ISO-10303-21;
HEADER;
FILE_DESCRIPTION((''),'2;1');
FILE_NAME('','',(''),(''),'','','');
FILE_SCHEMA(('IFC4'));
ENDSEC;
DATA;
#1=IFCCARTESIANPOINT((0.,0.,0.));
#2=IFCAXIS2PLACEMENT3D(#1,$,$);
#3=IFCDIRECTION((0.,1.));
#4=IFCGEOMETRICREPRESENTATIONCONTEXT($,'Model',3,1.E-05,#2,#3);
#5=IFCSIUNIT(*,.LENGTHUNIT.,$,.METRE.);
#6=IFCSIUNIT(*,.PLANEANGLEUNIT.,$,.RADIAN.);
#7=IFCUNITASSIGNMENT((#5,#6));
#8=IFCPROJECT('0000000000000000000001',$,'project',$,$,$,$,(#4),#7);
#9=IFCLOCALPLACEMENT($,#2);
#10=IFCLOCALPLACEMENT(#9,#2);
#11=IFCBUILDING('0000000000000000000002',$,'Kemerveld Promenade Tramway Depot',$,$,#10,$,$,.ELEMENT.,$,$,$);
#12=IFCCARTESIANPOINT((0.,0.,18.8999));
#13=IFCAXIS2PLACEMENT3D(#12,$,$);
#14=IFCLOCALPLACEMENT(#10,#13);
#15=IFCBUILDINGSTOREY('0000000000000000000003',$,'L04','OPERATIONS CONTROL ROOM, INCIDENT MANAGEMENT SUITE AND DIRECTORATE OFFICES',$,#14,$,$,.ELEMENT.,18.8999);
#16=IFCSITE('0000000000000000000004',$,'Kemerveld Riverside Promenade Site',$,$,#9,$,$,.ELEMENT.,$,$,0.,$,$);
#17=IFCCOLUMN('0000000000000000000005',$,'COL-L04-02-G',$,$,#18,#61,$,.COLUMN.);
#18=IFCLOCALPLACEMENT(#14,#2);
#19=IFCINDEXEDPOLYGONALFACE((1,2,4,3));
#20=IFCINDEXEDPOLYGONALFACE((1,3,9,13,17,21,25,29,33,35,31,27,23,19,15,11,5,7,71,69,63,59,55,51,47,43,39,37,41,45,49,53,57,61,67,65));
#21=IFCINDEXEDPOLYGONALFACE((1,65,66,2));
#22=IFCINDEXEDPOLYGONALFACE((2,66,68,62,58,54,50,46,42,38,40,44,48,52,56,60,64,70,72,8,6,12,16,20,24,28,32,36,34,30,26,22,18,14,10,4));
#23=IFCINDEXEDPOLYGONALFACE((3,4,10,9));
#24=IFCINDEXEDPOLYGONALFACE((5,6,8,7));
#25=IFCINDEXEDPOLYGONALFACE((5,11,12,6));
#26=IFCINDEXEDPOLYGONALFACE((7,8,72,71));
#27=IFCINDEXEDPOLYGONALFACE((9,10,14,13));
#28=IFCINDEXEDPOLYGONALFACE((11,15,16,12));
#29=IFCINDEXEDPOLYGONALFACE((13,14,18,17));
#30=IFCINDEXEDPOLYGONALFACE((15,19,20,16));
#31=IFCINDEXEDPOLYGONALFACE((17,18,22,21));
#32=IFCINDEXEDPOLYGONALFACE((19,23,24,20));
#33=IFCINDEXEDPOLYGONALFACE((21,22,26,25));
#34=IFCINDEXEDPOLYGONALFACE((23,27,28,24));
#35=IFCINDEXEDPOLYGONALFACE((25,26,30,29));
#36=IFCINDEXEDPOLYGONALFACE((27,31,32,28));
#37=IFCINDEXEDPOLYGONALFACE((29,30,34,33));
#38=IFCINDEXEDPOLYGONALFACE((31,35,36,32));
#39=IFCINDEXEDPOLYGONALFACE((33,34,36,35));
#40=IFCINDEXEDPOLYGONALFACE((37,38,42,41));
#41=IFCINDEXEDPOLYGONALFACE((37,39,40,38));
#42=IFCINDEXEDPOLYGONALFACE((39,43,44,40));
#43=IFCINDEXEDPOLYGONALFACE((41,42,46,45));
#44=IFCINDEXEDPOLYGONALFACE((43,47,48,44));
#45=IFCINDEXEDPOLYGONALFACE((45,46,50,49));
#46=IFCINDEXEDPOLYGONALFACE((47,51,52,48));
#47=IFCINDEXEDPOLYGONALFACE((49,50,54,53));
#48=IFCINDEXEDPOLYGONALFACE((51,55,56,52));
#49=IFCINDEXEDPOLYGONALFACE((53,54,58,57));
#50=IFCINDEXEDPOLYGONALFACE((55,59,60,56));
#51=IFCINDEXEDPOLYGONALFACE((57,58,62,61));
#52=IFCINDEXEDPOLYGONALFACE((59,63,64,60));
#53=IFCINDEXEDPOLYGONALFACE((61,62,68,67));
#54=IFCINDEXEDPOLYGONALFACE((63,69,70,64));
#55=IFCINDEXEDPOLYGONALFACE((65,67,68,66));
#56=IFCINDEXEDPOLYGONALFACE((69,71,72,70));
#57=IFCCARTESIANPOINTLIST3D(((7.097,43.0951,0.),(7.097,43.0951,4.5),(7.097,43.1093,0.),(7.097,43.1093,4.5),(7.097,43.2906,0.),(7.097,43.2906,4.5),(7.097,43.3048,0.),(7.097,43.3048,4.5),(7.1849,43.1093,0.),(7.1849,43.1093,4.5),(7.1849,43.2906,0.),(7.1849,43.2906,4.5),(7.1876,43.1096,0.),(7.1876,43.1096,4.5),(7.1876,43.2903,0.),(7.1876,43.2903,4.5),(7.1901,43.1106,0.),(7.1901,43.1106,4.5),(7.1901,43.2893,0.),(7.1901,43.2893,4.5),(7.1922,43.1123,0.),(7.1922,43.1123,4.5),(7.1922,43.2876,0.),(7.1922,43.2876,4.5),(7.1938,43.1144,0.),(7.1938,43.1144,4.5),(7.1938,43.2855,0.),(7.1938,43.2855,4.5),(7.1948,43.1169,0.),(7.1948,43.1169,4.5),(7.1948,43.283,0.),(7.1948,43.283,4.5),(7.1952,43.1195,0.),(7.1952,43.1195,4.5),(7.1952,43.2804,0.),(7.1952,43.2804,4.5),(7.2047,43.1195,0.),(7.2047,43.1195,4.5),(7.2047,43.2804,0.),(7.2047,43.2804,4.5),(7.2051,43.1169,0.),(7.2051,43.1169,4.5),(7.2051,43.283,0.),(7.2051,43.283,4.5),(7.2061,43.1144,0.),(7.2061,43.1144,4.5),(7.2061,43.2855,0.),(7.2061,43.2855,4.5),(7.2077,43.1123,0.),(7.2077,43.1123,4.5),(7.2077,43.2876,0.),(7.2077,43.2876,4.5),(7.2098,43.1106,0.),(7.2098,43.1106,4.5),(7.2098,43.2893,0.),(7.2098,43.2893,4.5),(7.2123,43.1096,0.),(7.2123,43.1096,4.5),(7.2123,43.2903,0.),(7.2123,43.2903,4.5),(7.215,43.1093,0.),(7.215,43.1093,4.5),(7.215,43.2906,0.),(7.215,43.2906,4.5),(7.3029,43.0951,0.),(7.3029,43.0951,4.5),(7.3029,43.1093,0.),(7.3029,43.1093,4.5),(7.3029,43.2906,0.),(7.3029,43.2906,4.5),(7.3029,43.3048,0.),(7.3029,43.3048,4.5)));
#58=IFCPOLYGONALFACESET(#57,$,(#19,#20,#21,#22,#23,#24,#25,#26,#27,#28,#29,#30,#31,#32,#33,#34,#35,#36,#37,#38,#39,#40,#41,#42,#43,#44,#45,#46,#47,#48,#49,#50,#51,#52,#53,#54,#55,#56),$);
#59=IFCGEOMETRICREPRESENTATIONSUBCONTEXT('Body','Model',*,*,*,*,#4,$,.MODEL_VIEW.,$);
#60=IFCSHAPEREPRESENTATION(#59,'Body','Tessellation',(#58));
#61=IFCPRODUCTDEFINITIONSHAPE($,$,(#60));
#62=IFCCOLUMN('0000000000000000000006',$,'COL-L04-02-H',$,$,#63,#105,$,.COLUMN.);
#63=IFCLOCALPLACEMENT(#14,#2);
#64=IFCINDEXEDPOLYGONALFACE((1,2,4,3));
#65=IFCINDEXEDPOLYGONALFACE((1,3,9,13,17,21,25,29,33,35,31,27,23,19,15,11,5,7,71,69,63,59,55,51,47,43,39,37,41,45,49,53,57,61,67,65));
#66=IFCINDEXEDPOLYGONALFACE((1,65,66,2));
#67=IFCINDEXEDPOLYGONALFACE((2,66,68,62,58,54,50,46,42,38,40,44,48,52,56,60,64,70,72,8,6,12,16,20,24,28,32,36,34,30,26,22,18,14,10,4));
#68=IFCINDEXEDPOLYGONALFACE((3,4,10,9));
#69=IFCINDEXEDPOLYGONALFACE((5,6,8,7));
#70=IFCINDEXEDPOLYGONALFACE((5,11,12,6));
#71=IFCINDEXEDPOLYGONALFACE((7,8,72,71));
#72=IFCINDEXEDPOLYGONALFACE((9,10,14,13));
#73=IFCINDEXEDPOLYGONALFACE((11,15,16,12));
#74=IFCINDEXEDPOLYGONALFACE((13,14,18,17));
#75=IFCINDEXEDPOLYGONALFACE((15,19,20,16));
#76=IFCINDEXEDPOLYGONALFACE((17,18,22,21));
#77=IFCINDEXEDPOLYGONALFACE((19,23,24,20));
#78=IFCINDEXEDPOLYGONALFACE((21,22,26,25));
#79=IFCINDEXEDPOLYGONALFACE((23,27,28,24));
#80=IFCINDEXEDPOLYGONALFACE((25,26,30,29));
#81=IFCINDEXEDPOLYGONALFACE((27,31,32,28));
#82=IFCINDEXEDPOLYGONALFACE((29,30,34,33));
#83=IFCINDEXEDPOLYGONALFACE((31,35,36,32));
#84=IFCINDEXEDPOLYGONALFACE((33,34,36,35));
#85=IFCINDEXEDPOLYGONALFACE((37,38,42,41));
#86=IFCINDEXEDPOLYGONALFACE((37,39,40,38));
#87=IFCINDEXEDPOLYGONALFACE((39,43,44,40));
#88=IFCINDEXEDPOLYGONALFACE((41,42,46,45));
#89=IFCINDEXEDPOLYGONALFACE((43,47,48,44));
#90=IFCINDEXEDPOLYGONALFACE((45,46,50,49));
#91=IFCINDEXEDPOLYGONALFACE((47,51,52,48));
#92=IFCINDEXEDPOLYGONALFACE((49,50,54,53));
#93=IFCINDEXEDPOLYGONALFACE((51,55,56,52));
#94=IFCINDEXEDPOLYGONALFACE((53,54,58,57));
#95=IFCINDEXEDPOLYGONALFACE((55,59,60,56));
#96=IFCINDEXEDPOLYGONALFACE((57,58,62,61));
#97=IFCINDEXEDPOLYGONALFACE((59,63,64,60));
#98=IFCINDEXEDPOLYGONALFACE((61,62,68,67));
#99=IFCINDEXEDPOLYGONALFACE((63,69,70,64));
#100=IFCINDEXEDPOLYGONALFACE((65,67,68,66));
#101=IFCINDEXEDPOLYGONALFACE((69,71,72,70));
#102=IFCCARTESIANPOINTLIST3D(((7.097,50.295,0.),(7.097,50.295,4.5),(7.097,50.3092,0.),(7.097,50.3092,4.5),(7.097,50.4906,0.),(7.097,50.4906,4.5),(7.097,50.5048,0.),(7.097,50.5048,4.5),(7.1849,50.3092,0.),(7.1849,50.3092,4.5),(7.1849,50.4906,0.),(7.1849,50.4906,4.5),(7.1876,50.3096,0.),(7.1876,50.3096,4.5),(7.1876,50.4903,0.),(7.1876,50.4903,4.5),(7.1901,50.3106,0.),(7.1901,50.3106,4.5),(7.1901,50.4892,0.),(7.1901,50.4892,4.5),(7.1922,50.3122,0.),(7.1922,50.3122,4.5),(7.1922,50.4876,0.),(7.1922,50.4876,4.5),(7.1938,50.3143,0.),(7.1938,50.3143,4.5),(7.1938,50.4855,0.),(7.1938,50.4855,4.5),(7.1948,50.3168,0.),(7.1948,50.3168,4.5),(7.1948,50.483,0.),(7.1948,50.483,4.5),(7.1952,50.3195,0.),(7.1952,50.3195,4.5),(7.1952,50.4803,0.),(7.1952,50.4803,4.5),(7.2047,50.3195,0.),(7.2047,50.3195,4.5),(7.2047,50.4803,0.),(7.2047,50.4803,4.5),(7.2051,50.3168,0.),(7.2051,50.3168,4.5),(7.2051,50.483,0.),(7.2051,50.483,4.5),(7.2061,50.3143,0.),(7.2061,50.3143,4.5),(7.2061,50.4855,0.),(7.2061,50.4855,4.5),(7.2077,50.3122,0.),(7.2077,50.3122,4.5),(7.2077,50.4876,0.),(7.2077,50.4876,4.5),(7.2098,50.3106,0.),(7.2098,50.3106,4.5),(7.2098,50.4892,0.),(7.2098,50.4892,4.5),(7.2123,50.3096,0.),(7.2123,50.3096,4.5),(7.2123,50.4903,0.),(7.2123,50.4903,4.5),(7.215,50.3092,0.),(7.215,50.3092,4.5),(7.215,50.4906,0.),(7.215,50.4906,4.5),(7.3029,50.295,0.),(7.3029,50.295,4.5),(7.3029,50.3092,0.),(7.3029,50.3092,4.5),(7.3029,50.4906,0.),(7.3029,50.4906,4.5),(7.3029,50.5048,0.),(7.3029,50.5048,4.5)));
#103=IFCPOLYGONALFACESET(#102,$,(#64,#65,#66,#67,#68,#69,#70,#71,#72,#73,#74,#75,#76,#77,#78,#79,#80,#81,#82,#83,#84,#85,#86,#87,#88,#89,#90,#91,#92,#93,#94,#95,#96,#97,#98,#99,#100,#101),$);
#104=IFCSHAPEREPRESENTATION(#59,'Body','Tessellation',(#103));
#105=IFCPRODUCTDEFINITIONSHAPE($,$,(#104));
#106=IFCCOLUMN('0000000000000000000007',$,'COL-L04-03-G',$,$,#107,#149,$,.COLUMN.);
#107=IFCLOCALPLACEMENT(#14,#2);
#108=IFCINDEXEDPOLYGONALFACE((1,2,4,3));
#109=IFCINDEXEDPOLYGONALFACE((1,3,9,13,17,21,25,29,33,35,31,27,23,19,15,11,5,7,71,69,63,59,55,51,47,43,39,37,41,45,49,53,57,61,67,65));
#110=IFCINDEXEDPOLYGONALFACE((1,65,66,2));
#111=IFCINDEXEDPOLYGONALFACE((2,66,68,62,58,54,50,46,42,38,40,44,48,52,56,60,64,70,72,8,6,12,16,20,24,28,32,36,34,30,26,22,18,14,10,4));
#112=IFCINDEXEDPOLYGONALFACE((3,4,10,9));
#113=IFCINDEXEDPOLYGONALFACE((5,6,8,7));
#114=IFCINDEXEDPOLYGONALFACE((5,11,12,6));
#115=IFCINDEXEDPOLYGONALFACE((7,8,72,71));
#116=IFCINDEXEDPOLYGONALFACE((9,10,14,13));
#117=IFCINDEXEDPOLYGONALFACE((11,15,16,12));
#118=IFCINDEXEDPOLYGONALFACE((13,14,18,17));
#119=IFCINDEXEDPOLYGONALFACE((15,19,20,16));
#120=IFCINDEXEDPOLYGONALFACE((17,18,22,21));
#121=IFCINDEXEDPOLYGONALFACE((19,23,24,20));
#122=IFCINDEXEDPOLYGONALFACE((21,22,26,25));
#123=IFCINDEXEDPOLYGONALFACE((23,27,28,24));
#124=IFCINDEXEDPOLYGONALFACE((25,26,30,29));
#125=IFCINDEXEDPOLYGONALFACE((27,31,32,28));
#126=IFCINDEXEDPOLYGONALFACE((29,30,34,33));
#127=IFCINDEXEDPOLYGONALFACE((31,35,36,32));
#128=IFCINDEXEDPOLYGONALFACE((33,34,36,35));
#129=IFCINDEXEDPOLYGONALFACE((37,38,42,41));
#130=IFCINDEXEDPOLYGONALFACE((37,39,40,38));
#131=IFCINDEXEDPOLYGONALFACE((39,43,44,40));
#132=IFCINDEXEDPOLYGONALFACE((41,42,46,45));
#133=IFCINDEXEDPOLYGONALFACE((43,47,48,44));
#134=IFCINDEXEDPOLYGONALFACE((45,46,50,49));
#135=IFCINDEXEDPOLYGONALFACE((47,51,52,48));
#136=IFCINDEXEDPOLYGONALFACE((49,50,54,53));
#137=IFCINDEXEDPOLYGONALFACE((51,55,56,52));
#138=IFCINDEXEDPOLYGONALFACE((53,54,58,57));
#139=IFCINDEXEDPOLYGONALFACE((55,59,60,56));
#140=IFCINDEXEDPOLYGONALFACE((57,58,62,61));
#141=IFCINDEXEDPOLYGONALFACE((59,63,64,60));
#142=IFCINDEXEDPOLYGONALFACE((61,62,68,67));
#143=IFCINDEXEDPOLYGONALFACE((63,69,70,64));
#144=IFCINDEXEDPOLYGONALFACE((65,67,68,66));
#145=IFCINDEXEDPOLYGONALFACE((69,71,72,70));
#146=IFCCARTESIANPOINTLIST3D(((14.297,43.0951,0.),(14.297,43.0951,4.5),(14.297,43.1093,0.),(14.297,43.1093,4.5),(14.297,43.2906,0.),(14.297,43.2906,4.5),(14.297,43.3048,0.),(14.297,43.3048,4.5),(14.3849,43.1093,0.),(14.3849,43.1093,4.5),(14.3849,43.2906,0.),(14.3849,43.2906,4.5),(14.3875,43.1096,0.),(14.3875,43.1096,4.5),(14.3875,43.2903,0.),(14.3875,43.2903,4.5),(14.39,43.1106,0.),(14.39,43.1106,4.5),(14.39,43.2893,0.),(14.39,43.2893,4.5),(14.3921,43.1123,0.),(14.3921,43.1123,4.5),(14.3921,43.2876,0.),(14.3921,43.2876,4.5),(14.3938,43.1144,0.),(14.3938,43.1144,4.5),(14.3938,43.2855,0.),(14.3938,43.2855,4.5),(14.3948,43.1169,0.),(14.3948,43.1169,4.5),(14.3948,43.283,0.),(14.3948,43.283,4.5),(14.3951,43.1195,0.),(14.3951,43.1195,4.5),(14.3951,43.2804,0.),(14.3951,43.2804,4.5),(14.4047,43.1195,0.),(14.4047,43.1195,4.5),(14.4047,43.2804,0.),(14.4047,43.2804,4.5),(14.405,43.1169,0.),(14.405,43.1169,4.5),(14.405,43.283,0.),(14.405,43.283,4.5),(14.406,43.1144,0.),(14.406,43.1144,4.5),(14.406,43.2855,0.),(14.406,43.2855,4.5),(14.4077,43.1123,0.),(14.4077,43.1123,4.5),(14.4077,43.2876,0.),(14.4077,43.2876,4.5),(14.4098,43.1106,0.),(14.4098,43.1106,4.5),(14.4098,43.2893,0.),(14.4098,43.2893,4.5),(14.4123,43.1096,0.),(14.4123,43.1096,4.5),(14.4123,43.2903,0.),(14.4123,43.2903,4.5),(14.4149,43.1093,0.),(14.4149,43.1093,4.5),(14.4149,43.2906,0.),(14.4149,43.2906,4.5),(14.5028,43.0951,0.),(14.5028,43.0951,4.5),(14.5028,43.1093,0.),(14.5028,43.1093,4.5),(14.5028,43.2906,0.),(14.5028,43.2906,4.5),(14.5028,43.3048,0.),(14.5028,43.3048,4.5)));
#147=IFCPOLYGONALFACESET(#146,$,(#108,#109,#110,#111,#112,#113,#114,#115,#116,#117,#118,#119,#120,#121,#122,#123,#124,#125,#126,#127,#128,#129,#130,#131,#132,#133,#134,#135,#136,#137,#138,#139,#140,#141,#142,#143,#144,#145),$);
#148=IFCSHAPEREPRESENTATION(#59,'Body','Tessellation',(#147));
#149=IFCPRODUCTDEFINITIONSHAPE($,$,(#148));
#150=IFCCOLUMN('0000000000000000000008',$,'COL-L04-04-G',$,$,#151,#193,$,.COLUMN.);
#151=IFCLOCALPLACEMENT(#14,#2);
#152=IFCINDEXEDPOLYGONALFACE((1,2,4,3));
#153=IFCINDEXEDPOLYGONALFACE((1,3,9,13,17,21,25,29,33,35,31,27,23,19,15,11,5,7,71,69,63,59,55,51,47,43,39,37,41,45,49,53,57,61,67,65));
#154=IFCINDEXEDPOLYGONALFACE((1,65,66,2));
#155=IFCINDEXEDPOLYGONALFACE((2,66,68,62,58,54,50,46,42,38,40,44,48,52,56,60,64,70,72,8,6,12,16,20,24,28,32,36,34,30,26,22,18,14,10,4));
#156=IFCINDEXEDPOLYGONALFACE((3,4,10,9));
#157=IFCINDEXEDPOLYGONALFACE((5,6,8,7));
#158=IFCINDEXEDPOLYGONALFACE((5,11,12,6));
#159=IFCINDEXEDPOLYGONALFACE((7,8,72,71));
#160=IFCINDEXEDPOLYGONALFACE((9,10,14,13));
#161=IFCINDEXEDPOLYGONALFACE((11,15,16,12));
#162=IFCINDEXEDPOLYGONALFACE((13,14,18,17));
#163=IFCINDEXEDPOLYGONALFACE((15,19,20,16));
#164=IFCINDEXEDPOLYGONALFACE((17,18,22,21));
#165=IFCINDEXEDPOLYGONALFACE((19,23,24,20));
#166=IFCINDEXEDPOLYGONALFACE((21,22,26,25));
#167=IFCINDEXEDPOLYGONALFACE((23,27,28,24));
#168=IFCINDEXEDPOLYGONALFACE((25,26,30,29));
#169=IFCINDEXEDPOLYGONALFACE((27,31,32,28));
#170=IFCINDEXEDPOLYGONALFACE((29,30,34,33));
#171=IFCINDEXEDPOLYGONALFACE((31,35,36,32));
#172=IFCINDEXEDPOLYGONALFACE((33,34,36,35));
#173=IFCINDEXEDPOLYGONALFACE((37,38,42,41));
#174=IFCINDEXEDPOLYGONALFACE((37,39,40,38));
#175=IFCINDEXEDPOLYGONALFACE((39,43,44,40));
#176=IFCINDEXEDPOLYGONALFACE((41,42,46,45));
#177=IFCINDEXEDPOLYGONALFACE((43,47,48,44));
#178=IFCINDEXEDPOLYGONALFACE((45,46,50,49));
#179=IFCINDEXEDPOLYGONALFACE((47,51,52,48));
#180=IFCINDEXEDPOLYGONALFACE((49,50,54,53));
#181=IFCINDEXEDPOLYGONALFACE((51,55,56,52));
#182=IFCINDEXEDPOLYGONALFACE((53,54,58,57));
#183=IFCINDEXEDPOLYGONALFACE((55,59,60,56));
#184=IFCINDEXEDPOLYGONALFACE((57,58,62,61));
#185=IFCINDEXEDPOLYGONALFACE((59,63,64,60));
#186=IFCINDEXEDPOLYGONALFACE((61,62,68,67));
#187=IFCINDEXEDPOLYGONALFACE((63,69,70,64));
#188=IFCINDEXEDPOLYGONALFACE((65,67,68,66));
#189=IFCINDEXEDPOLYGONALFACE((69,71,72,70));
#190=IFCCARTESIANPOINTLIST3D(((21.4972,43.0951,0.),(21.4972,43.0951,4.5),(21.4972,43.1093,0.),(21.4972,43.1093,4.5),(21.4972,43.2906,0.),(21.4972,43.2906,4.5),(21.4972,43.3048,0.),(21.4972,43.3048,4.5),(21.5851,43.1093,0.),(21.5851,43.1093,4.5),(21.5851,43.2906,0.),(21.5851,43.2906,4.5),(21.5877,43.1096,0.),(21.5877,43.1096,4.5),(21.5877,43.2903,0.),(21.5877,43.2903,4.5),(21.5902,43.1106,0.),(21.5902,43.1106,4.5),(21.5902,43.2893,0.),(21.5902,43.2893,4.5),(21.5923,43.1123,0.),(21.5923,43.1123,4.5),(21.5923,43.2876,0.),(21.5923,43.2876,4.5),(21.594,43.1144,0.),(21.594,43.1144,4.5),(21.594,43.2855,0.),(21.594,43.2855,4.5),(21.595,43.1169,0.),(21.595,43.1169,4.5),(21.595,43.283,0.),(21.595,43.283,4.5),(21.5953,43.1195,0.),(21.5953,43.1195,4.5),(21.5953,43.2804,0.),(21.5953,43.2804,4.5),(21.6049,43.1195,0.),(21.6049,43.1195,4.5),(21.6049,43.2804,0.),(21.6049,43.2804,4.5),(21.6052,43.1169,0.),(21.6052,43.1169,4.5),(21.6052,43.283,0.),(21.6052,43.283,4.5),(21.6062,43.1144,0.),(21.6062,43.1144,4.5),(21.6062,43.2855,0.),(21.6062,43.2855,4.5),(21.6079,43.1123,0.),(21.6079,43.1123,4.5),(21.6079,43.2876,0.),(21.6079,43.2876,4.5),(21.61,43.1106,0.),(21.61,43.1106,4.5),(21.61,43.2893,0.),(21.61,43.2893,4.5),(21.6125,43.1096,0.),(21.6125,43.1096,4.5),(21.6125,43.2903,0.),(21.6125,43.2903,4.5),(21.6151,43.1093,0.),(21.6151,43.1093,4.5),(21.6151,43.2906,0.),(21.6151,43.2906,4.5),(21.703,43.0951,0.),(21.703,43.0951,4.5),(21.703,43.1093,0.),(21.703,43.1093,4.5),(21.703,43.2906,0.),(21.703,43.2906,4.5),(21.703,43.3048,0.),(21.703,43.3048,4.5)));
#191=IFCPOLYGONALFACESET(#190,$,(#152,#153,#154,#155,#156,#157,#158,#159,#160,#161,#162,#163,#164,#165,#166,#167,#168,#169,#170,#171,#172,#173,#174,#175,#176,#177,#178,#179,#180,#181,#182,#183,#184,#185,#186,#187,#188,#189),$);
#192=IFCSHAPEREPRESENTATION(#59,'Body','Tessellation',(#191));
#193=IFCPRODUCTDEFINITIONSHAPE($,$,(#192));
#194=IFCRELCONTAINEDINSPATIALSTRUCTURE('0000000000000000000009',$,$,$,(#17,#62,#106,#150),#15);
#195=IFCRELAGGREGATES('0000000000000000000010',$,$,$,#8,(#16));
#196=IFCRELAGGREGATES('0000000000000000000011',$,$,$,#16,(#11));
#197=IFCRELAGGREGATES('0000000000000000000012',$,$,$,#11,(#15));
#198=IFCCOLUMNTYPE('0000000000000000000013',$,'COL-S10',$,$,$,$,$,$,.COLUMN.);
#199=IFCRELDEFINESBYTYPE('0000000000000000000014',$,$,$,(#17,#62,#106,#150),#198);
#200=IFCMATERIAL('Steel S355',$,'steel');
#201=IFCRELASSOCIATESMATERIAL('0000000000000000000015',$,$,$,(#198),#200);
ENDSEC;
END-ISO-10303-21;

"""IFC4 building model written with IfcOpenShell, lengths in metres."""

from ifc_helpers import new_model, si_unit, direction, frame, origin, origin_2d, place, context, subcontext, project, spatial, i_section, extrude, material, material_profile, profile_set, type_object, element, save


model = new_model("IFC4")

# Units and contexts
model_context = context("Model", 3, precision=1e-05, world=origin(), true_north=direction((0.0, 1.0)))
body_context = subcontext(model_context, "Body", "Model", "MODEL_VIEW")
ifc_project = project(units=[si_unit("LENGTHUNIT", "METRE"), si_unit("PLANEANGLEUNIT", "RADIAN")], contexts=[model_context])

# Site, building, storey
site_placement = place(None, origin())
site = spatial("IfcSite", under=ifc_project, at=site_placement, Name="Kemerveld Riverside Promenade Site", CompositionType="ELEMENT", RefElevation=0.0)
building_placement = place(site_placement, origin())
building = spatial("IfcBuilding", under=site, at=building_placement, Name="Kemerveld Promenade Tramway Depot", CompositionType="ELEMENT")
storey_placement = place(building_placement, frame((0.0, 0.0, 18.8999)))
storey = spatial("IfcBuildingStorey", under=building, at=storey_placement, Name="L04", Description="OPERATIONS CONTROL ROOM, INCIDENT MANAGEMENT SUITE AND DIRECTORATE OFFICES", CompositionType="ELEMENT", Elevation=18.8999)

# Columns
ifc_material_1 = material(Name="Steel S355", Category="steel")
ifc_material_profile_1 = material_profile(ifc_material_1, i_section(OverallWidth=0.2058, OverallDepth=0.2097, WebThickness=0.0095, FlangeThickness=0.0142, FilletRadius=0.0103, at=origin_2d()), Name="203x203x60 UC")
ifc_profile_set_1 = profile_set([ifc_material_profile_1], Name="Steel S355")
column_type = type_object("IfcColumnType", Name="COL-S10", PredefinedType="COLUMN", material=ifc_profile_set_1)
for number, where, z_axis, x_axis, name in (
    (1, (7.2, 43.2, 0.0), (0.0, 0.0, 1.0), (1.0, 0.0, 0.0), "COL-L04-02-G"),
    (2, (7.2, 50.3999, 0.0), (0.0, 0.0, 1.0), (1.0, 0.0, 0.0), "COL-L04-02-H"),
    (3, (14.3999, 43.2, 0.0), (0.0, 0.0, 1.0), (1.0, 0.0, 0.0), "COL-L04-03-G"),
    (4, (21.6001, 43.2, 0.0), (0.0, 0.0, 1.0), (1.0, 0.0, 0.0), "COL-L04-04-G"),
):
    element("IfcColumn", number, at=place(storey_placement, frame(where, z_axis=z_axis, x_axis=x_axis)), inside=storey, type_object=column_type, Name=name, PredefinedType="COLUMN", context=body_context, shape_type="SweptSolid", body=[
        extrude(i_section(OverallWidth=0.2058, OverallDepth=0.2097, WebThickness=0.0095, FlangeThickness=0.0142, FilletRadius=0.0103, at=origin_2d()), origin(), (0.0, 0.0, 1.0), 4.5),
    ])

save(model, "model.ifc")
